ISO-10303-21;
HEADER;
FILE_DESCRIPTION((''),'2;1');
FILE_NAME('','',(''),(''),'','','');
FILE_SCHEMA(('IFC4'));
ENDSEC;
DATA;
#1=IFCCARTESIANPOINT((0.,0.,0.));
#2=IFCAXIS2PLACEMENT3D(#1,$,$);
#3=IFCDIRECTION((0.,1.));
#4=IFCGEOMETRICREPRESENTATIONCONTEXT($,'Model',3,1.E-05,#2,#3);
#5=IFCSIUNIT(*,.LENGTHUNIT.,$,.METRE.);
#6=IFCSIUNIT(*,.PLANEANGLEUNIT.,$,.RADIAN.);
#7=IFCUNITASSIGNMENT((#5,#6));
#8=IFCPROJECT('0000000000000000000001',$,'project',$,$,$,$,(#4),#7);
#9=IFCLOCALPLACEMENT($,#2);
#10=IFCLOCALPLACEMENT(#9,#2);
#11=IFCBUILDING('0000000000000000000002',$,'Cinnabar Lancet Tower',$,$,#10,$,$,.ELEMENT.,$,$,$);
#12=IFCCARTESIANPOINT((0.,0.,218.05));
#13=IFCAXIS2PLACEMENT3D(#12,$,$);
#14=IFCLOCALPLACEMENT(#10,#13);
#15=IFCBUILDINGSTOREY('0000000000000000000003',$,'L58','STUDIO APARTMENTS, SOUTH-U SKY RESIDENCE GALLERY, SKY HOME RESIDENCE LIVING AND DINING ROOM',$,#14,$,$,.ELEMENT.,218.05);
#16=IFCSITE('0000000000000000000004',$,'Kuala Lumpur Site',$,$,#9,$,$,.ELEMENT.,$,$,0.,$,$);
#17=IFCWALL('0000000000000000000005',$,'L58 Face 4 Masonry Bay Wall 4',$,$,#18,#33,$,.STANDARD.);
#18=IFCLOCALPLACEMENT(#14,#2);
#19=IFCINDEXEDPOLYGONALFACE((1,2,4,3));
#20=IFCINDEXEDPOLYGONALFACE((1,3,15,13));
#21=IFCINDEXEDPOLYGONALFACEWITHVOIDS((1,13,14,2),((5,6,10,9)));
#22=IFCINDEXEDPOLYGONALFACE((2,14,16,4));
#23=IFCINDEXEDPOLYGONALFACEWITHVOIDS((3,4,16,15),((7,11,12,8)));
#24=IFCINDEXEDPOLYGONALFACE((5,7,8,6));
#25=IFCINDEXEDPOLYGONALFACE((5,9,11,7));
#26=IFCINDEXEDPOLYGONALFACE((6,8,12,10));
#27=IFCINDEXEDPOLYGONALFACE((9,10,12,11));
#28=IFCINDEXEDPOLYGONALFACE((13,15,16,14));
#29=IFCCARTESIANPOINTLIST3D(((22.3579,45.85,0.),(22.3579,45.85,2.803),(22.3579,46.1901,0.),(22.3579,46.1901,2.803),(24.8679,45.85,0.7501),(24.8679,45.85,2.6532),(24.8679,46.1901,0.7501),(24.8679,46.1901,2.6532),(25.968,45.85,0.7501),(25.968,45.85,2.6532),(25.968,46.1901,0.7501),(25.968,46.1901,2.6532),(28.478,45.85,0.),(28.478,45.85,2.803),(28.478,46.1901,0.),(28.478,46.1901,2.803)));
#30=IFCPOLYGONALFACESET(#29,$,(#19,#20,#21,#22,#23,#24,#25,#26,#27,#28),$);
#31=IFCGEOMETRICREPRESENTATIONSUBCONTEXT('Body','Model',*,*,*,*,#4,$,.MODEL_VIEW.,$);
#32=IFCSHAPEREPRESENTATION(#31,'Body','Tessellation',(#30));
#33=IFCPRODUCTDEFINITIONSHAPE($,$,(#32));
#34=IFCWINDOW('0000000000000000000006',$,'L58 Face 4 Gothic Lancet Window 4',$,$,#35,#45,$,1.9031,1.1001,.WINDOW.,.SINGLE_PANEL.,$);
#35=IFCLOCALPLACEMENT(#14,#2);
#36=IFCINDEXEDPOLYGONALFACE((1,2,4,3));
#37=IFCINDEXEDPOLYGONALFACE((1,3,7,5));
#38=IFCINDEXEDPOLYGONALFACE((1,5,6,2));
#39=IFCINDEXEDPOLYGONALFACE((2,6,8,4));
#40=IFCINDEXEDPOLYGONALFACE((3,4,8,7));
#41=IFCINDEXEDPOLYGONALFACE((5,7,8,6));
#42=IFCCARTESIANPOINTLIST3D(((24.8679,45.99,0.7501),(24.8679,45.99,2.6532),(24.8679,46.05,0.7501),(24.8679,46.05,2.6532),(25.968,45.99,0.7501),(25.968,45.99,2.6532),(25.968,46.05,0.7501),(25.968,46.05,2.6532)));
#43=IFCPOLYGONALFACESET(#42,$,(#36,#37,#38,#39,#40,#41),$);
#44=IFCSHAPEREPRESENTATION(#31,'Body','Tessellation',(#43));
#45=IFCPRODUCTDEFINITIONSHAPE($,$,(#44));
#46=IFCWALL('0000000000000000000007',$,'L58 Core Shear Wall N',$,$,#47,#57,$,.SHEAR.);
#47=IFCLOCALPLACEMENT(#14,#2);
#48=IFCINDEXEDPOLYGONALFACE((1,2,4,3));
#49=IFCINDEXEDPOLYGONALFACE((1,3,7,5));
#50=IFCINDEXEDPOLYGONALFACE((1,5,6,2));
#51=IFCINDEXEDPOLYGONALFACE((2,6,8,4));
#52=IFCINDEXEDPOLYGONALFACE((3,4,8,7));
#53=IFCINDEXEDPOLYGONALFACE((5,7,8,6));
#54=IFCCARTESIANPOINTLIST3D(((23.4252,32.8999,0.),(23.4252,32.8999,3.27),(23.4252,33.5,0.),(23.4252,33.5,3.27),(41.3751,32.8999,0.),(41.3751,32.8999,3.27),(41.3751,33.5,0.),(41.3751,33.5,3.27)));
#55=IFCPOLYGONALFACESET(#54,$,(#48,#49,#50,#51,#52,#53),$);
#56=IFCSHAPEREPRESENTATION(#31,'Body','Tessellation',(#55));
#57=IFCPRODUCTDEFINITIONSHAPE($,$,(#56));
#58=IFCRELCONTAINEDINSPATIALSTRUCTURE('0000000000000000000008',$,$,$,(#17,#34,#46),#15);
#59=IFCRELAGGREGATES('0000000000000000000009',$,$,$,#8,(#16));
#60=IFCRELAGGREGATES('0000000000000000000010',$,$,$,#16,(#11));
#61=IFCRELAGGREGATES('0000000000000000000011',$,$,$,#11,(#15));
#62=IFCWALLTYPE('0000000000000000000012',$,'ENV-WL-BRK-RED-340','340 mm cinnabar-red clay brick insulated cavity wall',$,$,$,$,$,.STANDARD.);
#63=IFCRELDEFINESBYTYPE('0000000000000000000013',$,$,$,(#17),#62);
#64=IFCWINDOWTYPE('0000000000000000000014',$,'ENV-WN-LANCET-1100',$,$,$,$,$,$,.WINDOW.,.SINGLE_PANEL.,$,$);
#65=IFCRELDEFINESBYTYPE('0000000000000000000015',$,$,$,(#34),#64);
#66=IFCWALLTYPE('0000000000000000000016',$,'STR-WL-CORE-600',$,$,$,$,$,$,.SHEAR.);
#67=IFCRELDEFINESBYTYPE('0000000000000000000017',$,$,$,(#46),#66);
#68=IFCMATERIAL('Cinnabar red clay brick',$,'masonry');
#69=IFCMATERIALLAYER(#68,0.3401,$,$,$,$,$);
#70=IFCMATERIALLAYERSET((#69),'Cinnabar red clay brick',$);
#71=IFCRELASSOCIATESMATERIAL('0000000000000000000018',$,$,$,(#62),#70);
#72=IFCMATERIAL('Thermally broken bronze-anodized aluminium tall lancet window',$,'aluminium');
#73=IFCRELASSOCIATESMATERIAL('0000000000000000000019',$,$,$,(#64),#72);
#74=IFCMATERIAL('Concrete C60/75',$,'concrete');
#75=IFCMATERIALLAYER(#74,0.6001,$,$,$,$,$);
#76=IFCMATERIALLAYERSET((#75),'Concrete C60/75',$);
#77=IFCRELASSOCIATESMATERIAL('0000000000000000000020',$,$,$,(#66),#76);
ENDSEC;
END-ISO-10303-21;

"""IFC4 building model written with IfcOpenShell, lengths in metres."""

from ifc_helpers import new_model, si_unit, direction, frame, frame_2d, origin, place, context, subcontext, project, spatial, rectangle, extrude, material, layer, layer_set, type_object, element, fill, save


model = new_model("IFC4")

# Units and contexts
model_context = context("Model", 3, precision=1e-05, world=origin(), true_north=direction((0.0, 1.0)))
body_context = subcontext(model_context, "Body", "Model", "MODEL_VIEW")
ifc_project = project(units=[si_unit("LENGTHUNIT", "METRE"), si_unit("PLANEANGLEUNIT", "RADIAN")], contexts=[model_context])

# Site, building, storey
site_placement = place(None, origin())
site = spatial("IfcSite", under=ifc_project, at=site_placement, Name="Kuala Lumpur Site", CompositionType="ELEMENT", RefElevation=0.0)
building_placement = place(site_placement, origin())
building = spatial("IfcBuilding", under=site, at=building_placement, Name="Cinnabar Lancet Tower", CompositionType="ELEMENT")
storey_placement = place(building_placement, frame((0.0, 0.0, 218.05)))
storey = spatial("IfcBuildingStorey", under=building, at=storey_placement, Name="L58", Description="STUDIO APARTMENTS, SOUTH-U SKY RESIDENCE GALLERY, SKY HOME RESIDENCE LIVING AND DINING ROOM", CompositionType="ELEMENT", Elevation=218.05)

# Wall, opening, window
ifc_material_1 = material(Name="Cinnabar red clay brick", Category="masonry")
ifc_layer_1 = layer(ifc_material_1, 0.3401)
ifc_layer_set_1 = layer_set([ifc_layer_1], Name="Cinnabar red clay brick")
wall_type_1 = type_object("IfcWallType", Name="ENV-WL-BRK-RED-340", Description="340 mm cinnabar-red clay brick insulated cavity wall", PredefinedType="STANDARD", material=ifc_layer_set_1)
wall_1_placement = place(storey_placement, frame((28.478, 46.02, 0.0), z_axis=(0.0, 0.0, 1.0), x_axis=(-1.0, 0.0, 0.0)))
wall_1 = element("IfcWall", 1, at=wall_1_placement, inside=storey, type_object=wall_type_1, Name="L58 Face 4 Masonry Bay Wall 4", PredefinedType="STANDARD", context=body_context, shape_type="SweptSolid", body=[
    extrude(rectangle(XDim=6.1201, YDim=0.3401, at=frame_2d((3.0601, 0.0))), origin(), (0.0, 0.0, 1.0), 2.803),
])
opening_1_placement = place(wall_1_placement, frame((2.51, 0.0, 0.75)))
opening_1 = element("IfcOpeningElement", 2, at=opening_1_placement, cuts=wall_1, PredefinedType="OPENING", context=body_context, shape_type="SweptSolid", body=[
    extrude(rectangle(XDim=1.1001, YDim=1.9031, at=frame_2d((0.55, 0.9517))), frame((0.0, 0.1799, 0.0), z_axis=(0.0, -1.0, 0.0), x_axis=(1.0, 0.0, 0.0)), (0.0, 0.0, 1.0), 0.3601),
])
ifc_material_2 = material(Name="Thermally broken bronze-anodized aluminium tall lancet window", Category="aluminium")
window_type = type_object("IfcWindowType", Name="ENV-WN-LANCET-1100", PartitioningType="SINGLE_PANEL", PredefinedType="WINDOW", material=ifc_material_2)
window_placement = place(opening_1_placement, origin())
window = element("IfcWindow", 3, at=window_placement, inside=storey, type_object=window_type, Name="L58 Face 4 Gothic Lancet Window 4", OverallHeight=1.9031, OverallWidth=1.1001, PartitioningType="SINGLE_PANEL", PredefinedType="WINDOW", context=body_context, shape_type="SweptSolid", body=[
    extrude(rectangle(XDim=1.1001, YDim=1.9031, at=frame_2d((0.55, 0.9517))), frame((0.0, 0.03, 0.0), z_axis=(0.0, -1.0, 0.0), x_axis=(1.0, 0.0, 0.0)), (0.0, 0.0, 1.0), 0.0601),
])
fill(opening_1, window)

# Wall
ifc_material_3 = material(Name="Concrete C60/75", Category="concrete")
ifc_layer_2 = layer(ifc_material_3, 0.6001)
ifc_layer_set_2 = layer_set([ifc_layer_2], Name="Concrete C60/75")
wall_type_2 = type_object("IfcWallType", Name="STR-WL-CORE-600", PredefinedType="SHEAR", material=ifc_layer_set_2)
wall_2_placement = place(storey_placement, frame((23.425, 33.2, 0.0), z_axis=(0.0, 0.0, 1.0), x_axis=(1.0, 0.0, 0.0)))
element("IfcWall", 4, at=wall_2_placement, inside=storey, type_object=wall_type_2, Name="L58 Core Shear Wall N", PredefinedType="SHEAR", context=body_context, shape_type="SweptSolid", body=[
    extrude(rectangle(XDim=17.95, YDim=0.6001, at=frame_2d((8.9751, 0.0))), origin(), (0.0, 0.0, 1.0), 3.27),
])

save(model, "model.ifc")
